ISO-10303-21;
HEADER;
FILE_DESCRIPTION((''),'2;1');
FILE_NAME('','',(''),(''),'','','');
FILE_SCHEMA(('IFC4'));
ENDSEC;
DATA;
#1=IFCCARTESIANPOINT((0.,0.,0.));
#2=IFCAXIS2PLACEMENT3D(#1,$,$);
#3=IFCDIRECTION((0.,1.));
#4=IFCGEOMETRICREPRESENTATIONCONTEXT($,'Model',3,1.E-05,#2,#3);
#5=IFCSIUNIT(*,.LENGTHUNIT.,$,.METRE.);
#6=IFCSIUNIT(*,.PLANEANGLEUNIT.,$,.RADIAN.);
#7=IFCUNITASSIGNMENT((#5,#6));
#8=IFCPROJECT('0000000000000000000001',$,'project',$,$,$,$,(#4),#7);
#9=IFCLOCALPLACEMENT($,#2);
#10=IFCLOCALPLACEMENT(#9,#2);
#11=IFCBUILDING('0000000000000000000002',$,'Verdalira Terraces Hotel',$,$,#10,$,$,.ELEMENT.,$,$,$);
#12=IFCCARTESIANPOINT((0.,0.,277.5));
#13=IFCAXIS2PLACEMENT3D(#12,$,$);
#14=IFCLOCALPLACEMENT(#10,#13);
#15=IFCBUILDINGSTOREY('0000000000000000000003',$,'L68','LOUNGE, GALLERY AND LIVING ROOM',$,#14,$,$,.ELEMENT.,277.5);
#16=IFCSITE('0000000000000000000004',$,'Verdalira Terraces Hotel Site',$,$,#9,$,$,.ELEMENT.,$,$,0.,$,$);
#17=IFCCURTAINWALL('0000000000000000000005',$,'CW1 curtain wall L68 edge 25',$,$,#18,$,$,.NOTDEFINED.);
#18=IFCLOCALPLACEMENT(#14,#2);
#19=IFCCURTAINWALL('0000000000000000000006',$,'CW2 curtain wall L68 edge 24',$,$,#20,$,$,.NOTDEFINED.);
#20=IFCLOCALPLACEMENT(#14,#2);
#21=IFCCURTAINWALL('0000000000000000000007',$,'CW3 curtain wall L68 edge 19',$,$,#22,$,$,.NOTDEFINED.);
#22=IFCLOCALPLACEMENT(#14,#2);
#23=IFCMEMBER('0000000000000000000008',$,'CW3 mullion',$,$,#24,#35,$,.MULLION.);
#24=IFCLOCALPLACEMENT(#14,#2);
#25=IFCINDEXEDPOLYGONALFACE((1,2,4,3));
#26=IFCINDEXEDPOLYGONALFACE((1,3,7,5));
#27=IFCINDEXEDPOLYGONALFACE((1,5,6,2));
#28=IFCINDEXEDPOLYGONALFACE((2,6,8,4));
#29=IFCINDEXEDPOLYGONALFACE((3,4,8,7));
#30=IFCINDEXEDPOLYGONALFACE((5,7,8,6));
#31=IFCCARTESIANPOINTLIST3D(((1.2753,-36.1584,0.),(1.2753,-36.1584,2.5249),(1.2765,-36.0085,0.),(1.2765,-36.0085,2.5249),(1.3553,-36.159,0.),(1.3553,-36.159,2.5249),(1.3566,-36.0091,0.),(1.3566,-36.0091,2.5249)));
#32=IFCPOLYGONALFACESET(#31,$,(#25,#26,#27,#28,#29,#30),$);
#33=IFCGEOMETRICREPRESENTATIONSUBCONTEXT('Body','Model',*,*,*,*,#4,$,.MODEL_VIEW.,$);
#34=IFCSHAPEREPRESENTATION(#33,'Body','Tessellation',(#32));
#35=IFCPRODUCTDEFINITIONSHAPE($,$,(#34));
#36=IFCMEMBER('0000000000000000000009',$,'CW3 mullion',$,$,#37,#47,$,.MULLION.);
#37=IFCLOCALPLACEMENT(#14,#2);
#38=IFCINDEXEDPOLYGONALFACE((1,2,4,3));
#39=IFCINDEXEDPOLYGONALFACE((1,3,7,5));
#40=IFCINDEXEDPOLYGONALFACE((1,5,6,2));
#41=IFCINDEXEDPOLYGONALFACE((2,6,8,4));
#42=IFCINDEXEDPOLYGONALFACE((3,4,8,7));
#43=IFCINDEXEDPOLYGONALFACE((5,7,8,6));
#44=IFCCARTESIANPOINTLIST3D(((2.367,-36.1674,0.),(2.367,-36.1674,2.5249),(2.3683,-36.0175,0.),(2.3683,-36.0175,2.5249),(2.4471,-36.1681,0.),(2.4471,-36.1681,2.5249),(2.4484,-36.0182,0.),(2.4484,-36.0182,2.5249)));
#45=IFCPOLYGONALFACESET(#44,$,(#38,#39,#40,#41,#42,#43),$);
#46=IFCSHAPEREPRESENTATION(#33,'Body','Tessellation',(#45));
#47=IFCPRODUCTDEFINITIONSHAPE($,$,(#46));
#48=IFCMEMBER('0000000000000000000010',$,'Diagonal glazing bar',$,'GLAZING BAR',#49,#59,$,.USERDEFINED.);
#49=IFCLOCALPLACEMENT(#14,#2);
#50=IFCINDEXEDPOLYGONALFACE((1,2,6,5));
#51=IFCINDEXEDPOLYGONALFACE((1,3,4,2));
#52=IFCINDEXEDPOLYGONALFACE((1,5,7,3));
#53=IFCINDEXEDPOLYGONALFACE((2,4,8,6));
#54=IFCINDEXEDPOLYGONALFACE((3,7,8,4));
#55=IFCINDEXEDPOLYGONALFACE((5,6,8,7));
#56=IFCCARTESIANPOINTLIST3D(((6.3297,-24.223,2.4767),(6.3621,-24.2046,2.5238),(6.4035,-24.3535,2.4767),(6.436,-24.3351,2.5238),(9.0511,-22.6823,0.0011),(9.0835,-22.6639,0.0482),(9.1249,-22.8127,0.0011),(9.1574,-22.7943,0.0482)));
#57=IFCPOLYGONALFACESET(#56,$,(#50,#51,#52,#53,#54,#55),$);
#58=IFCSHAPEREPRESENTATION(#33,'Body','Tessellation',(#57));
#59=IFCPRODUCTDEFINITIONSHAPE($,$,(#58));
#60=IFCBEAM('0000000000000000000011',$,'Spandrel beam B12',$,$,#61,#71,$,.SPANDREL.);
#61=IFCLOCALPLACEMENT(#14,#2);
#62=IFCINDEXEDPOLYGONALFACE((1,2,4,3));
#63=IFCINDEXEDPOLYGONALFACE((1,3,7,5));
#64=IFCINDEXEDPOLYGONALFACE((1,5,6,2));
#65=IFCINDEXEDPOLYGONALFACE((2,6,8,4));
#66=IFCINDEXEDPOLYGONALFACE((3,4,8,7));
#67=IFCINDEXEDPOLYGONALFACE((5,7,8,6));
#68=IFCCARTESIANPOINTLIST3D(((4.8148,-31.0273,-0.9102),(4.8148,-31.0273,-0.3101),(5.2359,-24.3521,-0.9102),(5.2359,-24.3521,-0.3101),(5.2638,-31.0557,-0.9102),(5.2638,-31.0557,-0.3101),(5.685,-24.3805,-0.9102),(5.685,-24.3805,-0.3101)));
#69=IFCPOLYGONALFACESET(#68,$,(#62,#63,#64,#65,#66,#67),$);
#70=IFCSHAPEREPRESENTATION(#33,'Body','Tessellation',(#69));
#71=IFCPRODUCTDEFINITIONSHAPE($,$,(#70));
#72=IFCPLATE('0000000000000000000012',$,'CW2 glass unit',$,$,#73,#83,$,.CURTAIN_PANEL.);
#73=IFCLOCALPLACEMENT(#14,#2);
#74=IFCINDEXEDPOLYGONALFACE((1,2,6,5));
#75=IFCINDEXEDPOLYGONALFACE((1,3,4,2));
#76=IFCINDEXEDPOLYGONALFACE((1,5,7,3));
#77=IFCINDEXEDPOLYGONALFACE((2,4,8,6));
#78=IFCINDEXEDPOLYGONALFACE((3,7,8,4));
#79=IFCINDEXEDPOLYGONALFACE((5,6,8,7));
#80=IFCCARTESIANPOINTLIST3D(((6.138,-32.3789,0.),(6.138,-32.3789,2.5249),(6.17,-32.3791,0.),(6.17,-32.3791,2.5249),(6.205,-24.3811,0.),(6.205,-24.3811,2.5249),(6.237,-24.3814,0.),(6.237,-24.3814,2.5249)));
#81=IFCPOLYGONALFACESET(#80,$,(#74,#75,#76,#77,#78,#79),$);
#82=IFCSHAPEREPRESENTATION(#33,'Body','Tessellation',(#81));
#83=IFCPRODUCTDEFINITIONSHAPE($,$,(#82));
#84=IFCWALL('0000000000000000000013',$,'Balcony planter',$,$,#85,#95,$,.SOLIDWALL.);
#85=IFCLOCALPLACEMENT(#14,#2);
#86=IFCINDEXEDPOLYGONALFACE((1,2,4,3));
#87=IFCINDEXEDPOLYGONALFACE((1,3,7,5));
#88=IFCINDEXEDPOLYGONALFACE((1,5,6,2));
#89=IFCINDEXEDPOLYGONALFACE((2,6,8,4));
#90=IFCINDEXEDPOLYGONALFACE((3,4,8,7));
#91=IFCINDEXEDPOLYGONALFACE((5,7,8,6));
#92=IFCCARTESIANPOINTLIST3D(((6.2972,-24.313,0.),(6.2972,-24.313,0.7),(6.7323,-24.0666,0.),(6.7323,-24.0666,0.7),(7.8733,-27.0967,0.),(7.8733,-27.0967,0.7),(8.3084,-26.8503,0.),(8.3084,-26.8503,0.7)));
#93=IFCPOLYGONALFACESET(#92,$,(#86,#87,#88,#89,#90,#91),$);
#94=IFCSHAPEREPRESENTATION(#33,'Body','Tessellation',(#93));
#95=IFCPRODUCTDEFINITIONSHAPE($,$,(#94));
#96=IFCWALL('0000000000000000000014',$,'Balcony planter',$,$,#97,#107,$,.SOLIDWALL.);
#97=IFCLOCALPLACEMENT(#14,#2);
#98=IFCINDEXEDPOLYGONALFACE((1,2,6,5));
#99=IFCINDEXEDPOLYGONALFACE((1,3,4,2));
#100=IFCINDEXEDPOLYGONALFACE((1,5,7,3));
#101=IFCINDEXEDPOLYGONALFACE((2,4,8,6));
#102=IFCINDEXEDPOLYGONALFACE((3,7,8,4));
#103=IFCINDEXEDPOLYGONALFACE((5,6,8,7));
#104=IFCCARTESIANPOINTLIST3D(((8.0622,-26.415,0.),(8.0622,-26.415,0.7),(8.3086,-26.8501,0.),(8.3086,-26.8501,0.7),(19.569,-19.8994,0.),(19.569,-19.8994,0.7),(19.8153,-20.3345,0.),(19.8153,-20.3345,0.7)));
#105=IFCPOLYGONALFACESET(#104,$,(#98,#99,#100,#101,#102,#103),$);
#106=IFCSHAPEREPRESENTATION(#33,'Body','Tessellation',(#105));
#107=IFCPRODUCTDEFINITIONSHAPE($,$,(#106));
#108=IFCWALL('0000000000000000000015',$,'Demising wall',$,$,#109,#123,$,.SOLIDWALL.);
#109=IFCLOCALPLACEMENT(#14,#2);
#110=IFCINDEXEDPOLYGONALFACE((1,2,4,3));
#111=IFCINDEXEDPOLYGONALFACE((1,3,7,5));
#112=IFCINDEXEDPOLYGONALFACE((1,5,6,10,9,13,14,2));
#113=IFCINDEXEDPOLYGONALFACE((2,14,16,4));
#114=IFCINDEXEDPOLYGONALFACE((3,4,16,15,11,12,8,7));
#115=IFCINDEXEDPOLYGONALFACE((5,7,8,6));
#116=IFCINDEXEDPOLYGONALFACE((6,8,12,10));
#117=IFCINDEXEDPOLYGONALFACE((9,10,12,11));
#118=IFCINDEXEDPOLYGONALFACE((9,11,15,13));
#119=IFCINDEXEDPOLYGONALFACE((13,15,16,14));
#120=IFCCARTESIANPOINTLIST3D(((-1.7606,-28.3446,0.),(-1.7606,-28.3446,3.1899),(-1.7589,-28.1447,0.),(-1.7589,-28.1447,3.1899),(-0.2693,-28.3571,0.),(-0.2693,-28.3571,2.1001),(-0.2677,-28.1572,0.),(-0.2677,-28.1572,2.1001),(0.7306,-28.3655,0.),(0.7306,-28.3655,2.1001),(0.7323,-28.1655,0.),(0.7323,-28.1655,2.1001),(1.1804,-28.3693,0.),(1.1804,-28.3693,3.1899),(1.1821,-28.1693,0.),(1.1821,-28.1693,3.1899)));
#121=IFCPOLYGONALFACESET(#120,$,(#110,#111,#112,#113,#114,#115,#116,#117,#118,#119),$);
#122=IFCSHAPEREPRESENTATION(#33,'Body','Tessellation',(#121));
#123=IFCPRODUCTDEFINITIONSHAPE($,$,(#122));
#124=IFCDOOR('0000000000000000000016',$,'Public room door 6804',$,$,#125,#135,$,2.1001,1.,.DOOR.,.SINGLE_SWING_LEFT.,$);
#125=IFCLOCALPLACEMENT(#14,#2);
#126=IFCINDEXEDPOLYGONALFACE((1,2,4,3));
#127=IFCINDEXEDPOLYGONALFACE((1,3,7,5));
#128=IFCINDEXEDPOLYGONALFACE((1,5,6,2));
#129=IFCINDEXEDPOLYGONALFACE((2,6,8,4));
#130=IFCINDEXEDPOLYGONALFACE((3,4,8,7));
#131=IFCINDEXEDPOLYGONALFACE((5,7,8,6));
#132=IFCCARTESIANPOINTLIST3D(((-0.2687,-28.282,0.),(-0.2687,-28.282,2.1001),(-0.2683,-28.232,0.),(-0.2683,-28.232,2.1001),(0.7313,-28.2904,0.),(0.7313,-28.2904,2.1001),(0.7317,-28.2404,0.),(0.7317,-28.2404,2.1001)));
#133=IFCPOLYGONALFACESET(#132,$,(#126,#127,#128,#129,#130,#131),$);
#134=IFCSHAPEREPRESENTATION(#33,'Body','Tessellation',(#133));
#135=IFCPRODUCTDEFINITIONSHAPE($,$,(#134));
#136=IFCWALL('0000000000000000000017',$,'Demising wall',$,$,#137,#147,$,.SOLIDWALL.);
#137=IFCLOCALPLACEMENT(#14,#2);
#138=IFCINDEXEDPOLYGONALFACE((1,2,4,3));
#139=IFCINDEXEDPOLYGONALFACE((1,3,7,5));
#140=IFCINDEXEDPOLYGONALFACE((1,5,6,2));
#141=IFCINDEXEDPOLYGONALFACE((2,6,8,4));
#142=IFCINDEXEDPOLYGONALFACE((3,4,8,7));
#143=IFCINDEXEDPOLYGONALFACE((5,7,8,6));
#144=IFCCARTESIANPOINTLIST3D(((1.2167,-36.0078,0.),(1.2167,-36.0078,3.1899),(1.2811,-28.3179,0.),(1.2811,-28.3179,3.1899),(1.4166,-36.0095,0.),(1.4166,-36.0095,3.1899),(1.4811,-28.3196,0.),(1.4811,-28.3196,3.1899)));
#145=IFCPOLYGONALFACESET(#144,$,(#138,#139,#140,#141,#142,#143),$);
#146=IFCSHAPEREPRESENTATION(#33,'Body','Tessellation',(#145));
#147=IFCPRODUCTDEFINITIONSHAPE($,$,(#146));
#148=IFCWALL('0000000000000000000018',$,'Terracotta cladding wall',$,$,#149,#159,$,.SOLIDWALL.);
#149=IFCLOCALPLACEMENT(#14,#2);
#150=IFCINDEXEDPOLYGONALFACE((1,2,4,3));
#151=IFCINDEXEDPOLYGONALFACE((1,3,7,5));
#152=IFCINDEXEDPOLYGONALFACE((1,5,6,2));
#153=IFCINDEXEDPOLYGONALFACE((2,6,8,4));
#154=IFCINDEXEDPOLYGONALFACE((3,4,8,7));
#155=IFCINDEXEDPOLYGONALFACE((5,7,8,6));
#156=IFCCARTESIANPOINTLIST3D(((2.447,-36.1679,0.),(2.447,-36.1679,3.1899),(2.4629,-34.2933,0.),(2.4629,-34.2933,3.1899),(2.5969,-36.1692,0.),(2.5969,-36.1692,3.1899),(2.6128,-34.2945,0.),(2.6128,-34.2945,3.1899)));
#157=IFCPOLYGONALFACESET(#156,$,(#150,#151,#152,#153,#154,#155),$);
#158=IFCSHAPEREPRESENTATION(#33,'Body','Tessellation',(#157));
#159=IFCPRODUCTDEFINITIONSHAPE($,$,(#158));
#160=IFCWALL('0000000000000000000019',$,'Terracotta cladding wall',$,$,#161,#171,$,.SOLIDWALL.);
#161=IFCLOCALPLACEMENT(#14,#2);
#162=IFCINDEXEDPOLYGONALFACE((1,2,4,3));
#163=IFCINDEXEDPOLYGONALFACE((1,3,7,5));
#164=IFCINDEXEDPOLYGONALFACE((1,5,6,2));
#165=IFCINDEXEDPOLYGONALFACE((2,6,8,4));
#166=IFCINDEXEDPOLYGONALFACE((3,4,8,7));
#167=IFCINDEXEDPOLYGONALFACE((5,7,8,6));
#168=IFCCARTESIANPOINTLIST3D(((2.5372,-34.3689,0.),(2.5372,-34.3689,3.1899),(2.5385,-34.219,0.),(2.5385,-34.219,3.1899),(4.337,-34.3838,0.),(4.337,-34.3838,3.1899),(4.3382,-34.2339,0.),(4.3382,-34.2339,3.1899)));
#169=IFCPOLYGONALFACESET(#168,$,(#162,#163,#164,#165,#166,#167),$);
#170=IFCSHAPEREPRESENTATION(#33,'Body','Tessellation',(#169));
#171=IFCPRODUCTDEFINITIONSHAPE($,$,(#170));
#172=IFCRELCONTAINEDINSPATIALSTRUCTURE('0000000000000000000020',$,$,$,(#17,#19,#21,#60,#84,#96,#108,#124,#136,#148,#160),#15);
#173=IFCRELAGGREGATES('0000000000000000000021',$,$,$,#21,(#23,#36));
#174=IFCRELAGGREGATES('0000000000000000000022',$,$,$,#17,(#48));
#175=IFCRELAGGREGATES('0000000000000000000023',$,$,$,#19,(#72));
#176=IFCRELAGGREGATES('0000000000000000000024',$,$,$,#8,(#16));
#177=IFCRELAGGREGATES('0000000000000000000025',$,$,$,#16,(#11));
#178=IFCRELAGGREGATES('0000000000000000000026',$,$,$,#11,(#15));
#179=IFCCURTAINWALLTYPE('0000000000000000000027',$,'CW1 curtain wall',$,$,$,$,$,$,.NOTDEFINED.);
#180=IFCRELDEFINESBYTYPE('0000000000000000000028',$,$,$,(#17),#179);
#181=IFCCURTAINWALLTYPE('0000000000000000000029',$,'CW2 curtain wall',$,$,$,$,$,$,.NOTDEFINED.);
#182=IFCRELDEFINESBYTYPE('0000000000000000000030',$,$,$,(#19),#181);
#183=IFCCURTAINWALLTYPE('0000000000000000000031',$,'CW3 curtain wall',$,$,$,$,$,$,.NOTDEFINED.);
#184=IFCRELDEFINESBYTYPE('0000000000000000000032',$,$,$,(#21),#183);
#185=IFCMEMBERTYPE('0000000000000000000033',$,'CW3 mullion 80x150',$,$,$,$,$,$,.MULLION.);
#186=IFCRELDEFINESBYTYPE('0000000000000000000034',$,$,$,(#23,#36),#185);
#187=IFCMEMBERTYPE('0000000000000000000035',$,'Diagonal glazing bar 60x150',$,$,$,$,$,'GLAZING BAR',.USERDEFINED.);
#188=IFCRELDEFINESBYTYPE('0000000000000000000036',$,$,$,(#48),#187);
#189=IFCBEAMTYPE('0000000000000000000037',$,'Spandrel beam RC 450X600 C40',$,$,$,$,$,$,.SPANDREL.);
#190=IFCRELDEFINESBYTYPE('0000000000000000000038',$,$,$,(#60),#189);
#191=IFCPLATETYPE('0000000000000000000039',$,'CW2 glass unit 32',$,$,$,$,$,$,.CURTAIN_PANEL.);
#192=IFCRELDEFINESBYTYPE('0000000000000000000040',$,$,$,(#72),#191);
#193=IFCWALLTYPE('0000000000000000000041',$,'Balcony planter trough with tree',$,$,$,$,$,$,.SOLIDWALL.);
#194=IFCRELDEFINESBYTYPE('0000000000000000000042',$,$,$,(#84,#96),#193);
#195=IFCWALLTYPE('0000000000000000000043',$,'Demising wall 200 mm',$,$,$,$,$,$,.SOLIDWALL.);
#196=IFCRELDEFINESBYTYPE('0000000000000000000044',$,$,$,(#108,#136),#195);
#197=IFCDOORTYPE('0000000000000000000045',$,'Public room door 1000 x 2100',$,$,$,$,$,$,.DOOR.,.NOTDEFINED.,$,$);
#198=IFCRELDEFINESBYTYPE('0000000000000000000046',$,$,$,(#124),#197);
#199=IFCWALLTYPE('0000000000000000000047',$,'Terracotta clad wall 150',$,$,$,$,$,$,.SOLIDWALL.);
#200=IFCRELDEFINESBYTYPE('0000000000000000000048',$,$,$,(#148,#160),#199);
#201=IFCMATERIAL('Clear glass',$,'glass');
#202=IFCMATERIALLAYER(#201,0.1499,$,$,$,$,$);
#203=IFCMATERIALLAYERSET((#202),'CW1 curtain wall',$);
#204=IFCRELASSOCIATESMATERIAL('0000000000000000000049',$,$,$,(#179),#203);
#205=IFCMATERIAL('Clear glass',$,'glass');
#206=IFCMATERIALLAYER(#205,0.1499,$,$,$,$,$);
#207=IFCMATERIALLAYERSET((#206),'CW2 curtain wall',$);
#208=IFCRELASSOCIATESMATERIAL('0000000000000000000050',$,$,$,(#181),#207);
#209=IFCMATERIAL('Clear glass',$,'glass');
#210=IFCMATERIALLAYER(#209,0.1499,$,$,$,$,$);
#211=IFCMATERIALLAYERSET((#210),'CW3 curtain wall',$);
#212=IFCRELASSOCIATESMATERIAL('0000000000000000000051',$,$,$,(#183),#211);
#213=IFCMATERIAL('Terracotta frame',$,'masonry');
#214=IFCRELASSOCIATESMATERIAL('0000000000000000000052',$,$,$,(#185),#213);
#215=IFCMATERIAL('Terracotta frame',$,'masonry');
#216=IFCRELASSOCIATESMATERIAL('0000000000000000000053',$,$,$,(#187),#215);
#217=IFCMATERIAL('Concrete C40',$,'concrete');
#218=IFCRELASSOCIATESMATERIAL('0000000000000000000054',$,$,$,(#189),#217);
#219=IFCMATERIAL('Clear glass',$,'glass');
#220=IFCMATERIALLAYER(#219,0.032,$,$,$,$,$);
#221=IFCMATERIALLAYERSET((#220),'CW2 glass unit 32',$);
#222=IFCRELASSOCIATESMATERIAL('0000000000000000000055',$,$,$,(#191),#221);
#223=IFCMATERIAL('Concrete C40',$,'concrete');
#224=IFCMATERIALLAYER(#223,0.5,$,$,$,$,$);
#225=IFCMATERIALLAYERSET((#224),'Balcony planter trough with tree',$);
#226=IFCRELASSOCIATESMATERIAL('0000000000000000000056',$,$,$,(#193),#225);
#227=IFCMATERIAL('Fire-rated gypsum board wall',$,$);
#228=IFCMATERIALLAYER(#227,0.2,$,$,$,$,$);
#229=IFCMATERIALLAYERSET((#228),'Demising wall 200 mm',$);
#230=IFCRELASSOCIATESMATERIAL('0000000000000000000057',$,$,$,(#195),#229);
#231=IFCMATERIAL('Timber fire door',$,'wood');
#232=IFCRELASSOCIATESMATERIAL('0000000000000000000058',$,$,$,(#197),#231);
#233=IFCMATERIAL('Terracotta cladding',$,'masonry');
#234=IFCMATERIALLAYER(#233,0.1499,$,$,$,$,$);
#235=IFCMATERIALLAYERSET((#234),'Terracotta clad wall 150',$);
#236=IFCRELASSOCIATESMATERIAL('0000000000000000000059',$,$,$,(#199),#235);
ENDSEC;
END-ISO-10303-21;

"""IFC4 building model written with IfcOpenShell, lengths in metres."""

from ifc_helpers import new_model, si_unit, direction, frame, frame_2d, origin, origin_2d, place, context, subcontext, project, spatial, rectangle, extrude, material, layer, layer_set, material_profile, profile_set, type_object, element, fill, aggregate, save


model = new_model("IFC4")

# Units and contexts
model_context = context("Model", 3, precision=1e-05, world=origin(), true_north=direction((0.0, 1.0)))
body_context = subcontext(model_context, "Body", "Model", "MODEL_VIEW")
ifc_project = project(units=[si_unit("LENGTHUNIT", "METRE"), si_unit("PLANEANGLEUNIT", "RADIAN")], contexts=[model_context])

# Site, building, storey
site_placement = place(None, origin())
site = spatial("IfcSite", under=ifc_project, at=site_placement, Name="Verdalira Terraces Hotel Site", CompositionType="ELEMENT", RefElevation=0.0)
building_placement = place(site_placement, origin())
building = spatial("IfcBuilding", under=site, at=building_placement, Name="Verdalira Terraces Hotel", CompositionType="ELEMENT")
storey_placement = place(building_placement, frame((0.0, 0.0, 277.5)))
storey = spatial("IfcBuildingStorey", under=building, at=storey_placement, Name="L68", Description="LOUNGE, GALLERY AND LIVING ROOM", CompositionType="ELEMENT", Elevation=277.5)

# Curtain walls, members
ifc_material_1 = material(Name="Clear glass", Category="glass")
ifc_layer_1 = layer(ifc_material_1, 0.1499)
ifc_layer_set_1 = layer_set([ifc_layer_1], Name="CW1 curtain wall")
curtain_wall_type_1 = type_object("IfcCurtainWallType", Name="CW1 curtain wall", PredefinedType="NOTDEFINED", material=ifc_layer_set_1)
curtain_wall_1_placement = place(storey_placement, origin())
curtain_wall_1 = element("IfcCurtainWall", 1, at=curtain_wall_1_placement, inside=storey, type_object=curtain_wall_type_1, Name="CW1 curtain wall L68 edge 25", PredefinedType="NOTDEFINED")
ifc_material_2 = material(Name="Clear glass", Category="glass")
ifc_layer_2 = layer(ifc_material_2, 0.1499)
ifc_layer_set_2 = layer_set([ifc_layer_2], Name="CW2 curtain wall")
curtain_wall_type_2 = type_object("IfcCurtainWallType", Name="CW2 curtain wall", PredefinedType="NOTDEFINED", material=ifc_layer_set_2)
curtain_wall_2_placement = place(storey_placement, origin())
curtain_wall_2 = element("IfcCurtainWall", 2, at=curtain_wall_2_placement, inside=storey, type_object=curtain_wall_type_2, Name="CW2 curtain wall L68 edge 24", PredefinedType="NOTDEFINED")
ifc_material_3 = material(Name="Clear glass", Category="glass")
ifc_layer_3 = layer(ifc_material_3, 0.1499)
ifc_layer_set_3 = layer_set([ifc_layer_3], Name="CW3 curtain wall")
curtain_wall_type_3 = type_object("IfcCurtainWallType", Name="CW3 curtain wall", PredefinedType="NOTDEFINED", material=ifc_layer_set_3)
curtain_wall_3_placement = place(storey_placement, origin())
curtain_wall_3 = element("IfcCurtainWall", 3, at=curtain_wall_3_placement, inside=storey, type_object=curtain_wall_type_3, Name="CW3 curtain wall L68 edge 19", PredefinedType="NOTDEFINED")
ifc_material_4 = material(Name="Terracotta frame", Category="masonry")
ifc_material_profile_1 = material_profile(ifc_material_4, rectangle(XDim=0.0801, YDim=0.1499, at=origin_2d()), Name="MU 80x150")
ifc_profile_set_1 = profile_set([ifc_material_profile_1], Name="Terracotta frame")
member_type_1 = type_object("IfcMemberType", Name="CW3 mullion 80x150", PredefinedType="MULLION", material=ifc_profile_set_1)
member_1_placement = place(storey_placement, frame((1.3159, -36.0837, 0.0), z_axis=(0.0, 0.0, 1.0), x_axis=(0.999965, -0.008377, 0.0)))
member_1 = element("IfcMember", 4, at=member_1_placement, type_object=member_type_1, Name="CW3 mullion", PredefinedType="MULLION", context=body_context, shape_type="SweptSolid", body=[
    extrude(rectangle(XDim=0.0801, YDim=0.1499, at=origin_2d()), origin(), (0.0, 0.0, 1.0), 2.5249),
])
member_2_placement = place(storey_placement, frame((2.4077, -36.0928, 0.0), z_axis=(0.0, 0.0, 1.0), x_axis=(0.999965, -0.008377, 0.0)))
member_2 = element("IfcMember", 5, at=member_2_placement, type_object=member_type_1, Name="CW3 mullion", PredefinedType="MULLION", context=body_context, shape_type="SweptSolid", body=[
    extrude(rectangle(XDim=0.0801, YDim=0.1499, at=origin_2d()), origin(), (0.0, 0.0, 1.0), 2.5249),
])
aggregate(curtain_wall_3, [member_1, member_2])

# Member
ifc_material_5 = material(Name="Terracotta frame", Category="masonry")
ifc_material_profile_2 = material_profile(ifc_material_5, rectangle(XDim=0.1499, YDim=0.0601, at=origin_2d()), Name="GB 60x150")
ifc_profile_set_2 = profile_set([ifc_material_profile_2], Name="Terracotta frame")
member_type_2 = type_object("IfcMemberType", Name="Diagonal glazing bar 60x150", ElementType="GLAZING BAR", PredefinedType="USERDEFINED", material=ifc_profile_set_2)
member_3_placement = place(storey_placement, frame((6.3828, -24.2791, 2.5002), z_axis=(0.682308, 0.386296, -0.62067), x_axis=(-0.49268, 0.870211, 0.0)))
member_3 = element("IfcMember", 6, at=member_3_placement, type_object=member_type_2, Name="Diagonal glazing bar", ObjectType="GLAZING BAR", PredefinedType="USERDEFINED", context=body_context, shape_type="SweptSolid", body=[
    extrude(rectangle(XDim=0.1499, YDim=0.0601, at=origin_2d()), origin(), (0.0, 0.0, 1.0), 3.9885),
])
aggregate(curtain_wall_1, [member_3])

# Beam
ifc_material_6 = material(Name="Concrete C40", Category="concrete")
ifc_material_profile_3 = material_profile(ifc_material_6, rectangle(XDim=0.45, YDim=0.6001, at=origin_2d()), Name="RC 450X600")
ifc_profile_set_3 = profile_set([ifc_material_profile_3], Name="Concrete C40")
beam_type_1 = type_object("IfcBeamType", Name="Spandrel beam RC 450X600 C40", PredefinedType="SPANDREL", material=ifc_profile_set_3)
beam_1_placement = place(storey_placement, frame((5.0393, -31.0415, -0.6101), z_axis=(0.062965, 0.998016, 0.0), x_axis=(-0.998016, 0.062965, 0.0)))
element("IfcBeam", 7, at=beam_1_placement, inside=storey, type_object=beam_type_1, Name="Spandrel beam B12", PredefinedType="SPANDREL", context=body_context, shape_type="SweptSolid", body=[
    extrude(rectangle(XDim=0.45, YDim=0.6001, at=origin_2d()), origin(), (0.0, 0.0, 1.0), 6.6885),
])

# Plate
ifc_material_7 = material(Name="Clear glass", Category="glass")
ifc_layer_4 = layer(ifc_material_7, 0.032)
ifc_layer_set_4 = layer_set([ifc_layer_4], Name="CW2 glass unit 32")
plate_type = type_object("IfcPlateType", Name="CW2 glass unit 32", PredefinedType="CURTAIN_PANEL", material=ifc_layer_set_4)
plate_placement = place(storey_placement, frame((6.1875, -28.3801, 0.0), z_axis=(0.0, 0.0, 1.0), x_axis=(0.008377, 0.999965, 0.0)))
plate = element("IfcPlate", 8, at=plate_placement, type_object=plate_type, Name="CW2 glass unit", PredefinedType="CURTAIN_PANEL", context=body_context, shape_type="SweptSolid", body=[
    extrude(rectangle(XDim=7.998, YDim=0.032, at=origin_2d()), origin(), (0.0, 0.0, 1.0), 2.5249),
])
aggregate(curtain_wall_2, [plate])

# Walls
ifc_material_8 = material(Name="Concrete C40", Category="concrete")
ifc_layer_5 = layer(ifc_material_8, 0.5)
ifc_layer_set_5 = layer_set([ifc_layer_5], Name="Balcony planter trough with tree")
wall_type_1 = type_object("IfcWallType", Name="Balcony planter trough with tree", PredefinedType="SOLIDWALL", material=ifc_layer_set_5)
wall_1_placement = place(storey_placement, frame((6.5146, -24.1897, 0.0), z_axis=(0.0, 0.0, 1.0), x_axis=(0.492716, -0.87019, 0.0)))
element("IfcWall", 9, at=wall_1_placement, inside=storey, type_object=wall_type_1, Name="Balcony planter", PredefinedType="SOLIDWALL", context=body_context, shape_type="SweptSolid", body=[
    extrude(rectangle(XDim=3.199, YDim=0.5, at=frame_2d((1.5996, 0.0))), origin(), (0.0, 0.0, 1.0), 0.7),
])
wall_2_placement = place(storey_placement, frame((8.1853, -26.6326, 0.0), z_axis=(0.0, 0.0, 1.0), x_axis=(0.870182, 0.492731, 0.0)))
element("IfcWall", 10, at=wall_2_placement, inside=storey, type_object=wall_type_1, Name="Balcony planter", PredefinedType="SOLIDWALL", context=body_context, shape_type="SweptSolid", body=[
    extrude(rectangle(XDim=13.2234, YDim=0.5, at=frame_2d((6.6118, 0.0))), origin(), (0.0, 0.0, 1.0), 0.7),
])

# Wall, opening, door
ifc_material_9 = material(Name="Fire-rated gypsum board wall")
ifc_layer_6 = layer(ifc_material_9, 0.2)
ifc_layer_set_6 = layer_set([ifc_layer_6], Name="Demising wall 200 mm")
wall_type_2 = type_object("IfcWallType", Name="Demising wall 200 mm", PredefinedType="SOLIDWALL", material=ifc_layer_set_6)
wall_3_placement = place(storey_placement, frame((1.1814, -28.2693, 0.0), z_axis=(0.0, 0.0, 1.0), x_axis=(-0.999965, 0.008384, 0.0)))
wall_3 = element("IfcWall", 11, at=wall_3_placement, inside=storey, type_object=wall_type_2, Name="Demising wall", PredefinedType="SOLIDWALL", context=body_context, shape_type="SweptSolid", body=[
    extrude(rectangle(XDim=2.9412, YDim=0.2, at=frame_2d((1.4707, 0.0))), origin(), (0.0, 0.0, 1.0), 3.1899),
])
opening_placement = place(wall_3_placement, frame((0.45, 0.0, 0.0)))
opening = element("IfcOpeningElement", 12, at=opening_placement, cuts=wall_3, PredefinedType="OPENING", context=body_context, shape_type="SweptSolid", body=[
    extrude(rectangle(XDim=1.0, YDim=2.1001, at=frame_2d((0.5, 1.05))), frame((0.0, 0.1099, 0.0), z_axis=(0.0, -1.0, 0.0), x_axis=(1.0, 0.0, 0.0)), (0.0, 0.0, 1.0), 0.22),
])
ifc_material_10 = material(Name="Timber fire door", Category="wood")
door_type = type_object("IfcDoorType", Name="Public room door 1000 x 2100", OperationType="NOTDEFINED", PredefinedType="DOOR", material=ifc_material_10)
door_placement = place(opening_placement, origin())
door = element("IfcDoor", 13, at=door_placement, inside=storey, type_object=door_type, Name="Public room door 6804", OperationType="SINGLE_SWING_LEFT", OverallHeight=2.1001, OverallWidth=1.0, PredefinedType="DOOR", context=body_context, shape_type="SweptSolid", body=[
    extrude(rectangle(XDim=1.0, YDim=2.1001, at=frame_2d((0.5, 1.05))), frame((0.0, 0.0249, 0.0), z_axis=(0.0, -1.0, 0.0), x_axis=(1.0, 0.0, 0.0)), (0.0, 0.0, 1.0), 0.05),
])
fill(opening, door)

# Walls
wall_4_placement = place(storey_placement, frame((1.3167, -36.0088, 0.0), z_axis=(0.0, 0.0, 1.0), x_axis=(0.008381, 0.999965, 0.0)))
element("IfcWall", 14, at=wall_4_placement, inside=storey, type_object=wall_type_2, Name="Demising wall", PredefinedType="SOLIDWALL", context=body_context, shape_type="SweptSolid", body=[
    extrude(rectangle(XDim=7.6902, YDim=0.2, at=frame_2d((3.8452, 0.0))), origin(), (0.0, 0.0, 1.0), 3.1899),
])
ifc_material_11 = material(Name="Terracotta cladding", Category="masonry")
ifc_layer_7 = layer(ifc_material_11, 0.1499)
ifc_layer_set_7 = layer_set([ifc_layer_7], Name="Terracotta clad wall 150")
wall_type_3 = type_object("IfcWallType", Name="Terracotta clad wall 150", PredefinedType="SOLIDWALL", material=ifc_layer_set_7)
wall_5_placement = place(storey_placement, frame((2.522, -36.1687, 0.0), z_axis=(0.0, 0.0, 1.0), x_axis=(0.008464, 0.999964, 0.0)))
element("IfcWall", 15, at=wall_5_placement, inside=storey, type_object=wall_type_3, Name="Terracotta cladding wall", PredefinedType="SOLIDWALL", context=body_context, shape_type="SweptSolid", body=[
    extrude(rectangle(XDim=1.8748, YDim=0.1499, at=frame_2d((0.9375, 0.0))), origin(), (0.0, 0.0, 1.0), 3.1899),
])
wall_6_placement = place(storey_placement, frame((2.5378, -34.2939, 0.0), z_axis=(0.0, 0.0, 1.0), x_axis=(0.999966, -0.008274, 0.0)))
element("IfcWall", 16, at=wall_6_placement, inside=storey, type_object=wall_type_3, Name="Terracotta cladding wall", PredefinedType="SOLIDWALL", context=body_context, shape_type="SweptSolid", body=[
    extrude(rectangle(XDim=1.7998, YDim=0.1499, at=frame_2d((0.8999, 0.0))), origin(), (0.0, 0.0, 1.0), 3.1899),
])

save(model, "model.ifc")
